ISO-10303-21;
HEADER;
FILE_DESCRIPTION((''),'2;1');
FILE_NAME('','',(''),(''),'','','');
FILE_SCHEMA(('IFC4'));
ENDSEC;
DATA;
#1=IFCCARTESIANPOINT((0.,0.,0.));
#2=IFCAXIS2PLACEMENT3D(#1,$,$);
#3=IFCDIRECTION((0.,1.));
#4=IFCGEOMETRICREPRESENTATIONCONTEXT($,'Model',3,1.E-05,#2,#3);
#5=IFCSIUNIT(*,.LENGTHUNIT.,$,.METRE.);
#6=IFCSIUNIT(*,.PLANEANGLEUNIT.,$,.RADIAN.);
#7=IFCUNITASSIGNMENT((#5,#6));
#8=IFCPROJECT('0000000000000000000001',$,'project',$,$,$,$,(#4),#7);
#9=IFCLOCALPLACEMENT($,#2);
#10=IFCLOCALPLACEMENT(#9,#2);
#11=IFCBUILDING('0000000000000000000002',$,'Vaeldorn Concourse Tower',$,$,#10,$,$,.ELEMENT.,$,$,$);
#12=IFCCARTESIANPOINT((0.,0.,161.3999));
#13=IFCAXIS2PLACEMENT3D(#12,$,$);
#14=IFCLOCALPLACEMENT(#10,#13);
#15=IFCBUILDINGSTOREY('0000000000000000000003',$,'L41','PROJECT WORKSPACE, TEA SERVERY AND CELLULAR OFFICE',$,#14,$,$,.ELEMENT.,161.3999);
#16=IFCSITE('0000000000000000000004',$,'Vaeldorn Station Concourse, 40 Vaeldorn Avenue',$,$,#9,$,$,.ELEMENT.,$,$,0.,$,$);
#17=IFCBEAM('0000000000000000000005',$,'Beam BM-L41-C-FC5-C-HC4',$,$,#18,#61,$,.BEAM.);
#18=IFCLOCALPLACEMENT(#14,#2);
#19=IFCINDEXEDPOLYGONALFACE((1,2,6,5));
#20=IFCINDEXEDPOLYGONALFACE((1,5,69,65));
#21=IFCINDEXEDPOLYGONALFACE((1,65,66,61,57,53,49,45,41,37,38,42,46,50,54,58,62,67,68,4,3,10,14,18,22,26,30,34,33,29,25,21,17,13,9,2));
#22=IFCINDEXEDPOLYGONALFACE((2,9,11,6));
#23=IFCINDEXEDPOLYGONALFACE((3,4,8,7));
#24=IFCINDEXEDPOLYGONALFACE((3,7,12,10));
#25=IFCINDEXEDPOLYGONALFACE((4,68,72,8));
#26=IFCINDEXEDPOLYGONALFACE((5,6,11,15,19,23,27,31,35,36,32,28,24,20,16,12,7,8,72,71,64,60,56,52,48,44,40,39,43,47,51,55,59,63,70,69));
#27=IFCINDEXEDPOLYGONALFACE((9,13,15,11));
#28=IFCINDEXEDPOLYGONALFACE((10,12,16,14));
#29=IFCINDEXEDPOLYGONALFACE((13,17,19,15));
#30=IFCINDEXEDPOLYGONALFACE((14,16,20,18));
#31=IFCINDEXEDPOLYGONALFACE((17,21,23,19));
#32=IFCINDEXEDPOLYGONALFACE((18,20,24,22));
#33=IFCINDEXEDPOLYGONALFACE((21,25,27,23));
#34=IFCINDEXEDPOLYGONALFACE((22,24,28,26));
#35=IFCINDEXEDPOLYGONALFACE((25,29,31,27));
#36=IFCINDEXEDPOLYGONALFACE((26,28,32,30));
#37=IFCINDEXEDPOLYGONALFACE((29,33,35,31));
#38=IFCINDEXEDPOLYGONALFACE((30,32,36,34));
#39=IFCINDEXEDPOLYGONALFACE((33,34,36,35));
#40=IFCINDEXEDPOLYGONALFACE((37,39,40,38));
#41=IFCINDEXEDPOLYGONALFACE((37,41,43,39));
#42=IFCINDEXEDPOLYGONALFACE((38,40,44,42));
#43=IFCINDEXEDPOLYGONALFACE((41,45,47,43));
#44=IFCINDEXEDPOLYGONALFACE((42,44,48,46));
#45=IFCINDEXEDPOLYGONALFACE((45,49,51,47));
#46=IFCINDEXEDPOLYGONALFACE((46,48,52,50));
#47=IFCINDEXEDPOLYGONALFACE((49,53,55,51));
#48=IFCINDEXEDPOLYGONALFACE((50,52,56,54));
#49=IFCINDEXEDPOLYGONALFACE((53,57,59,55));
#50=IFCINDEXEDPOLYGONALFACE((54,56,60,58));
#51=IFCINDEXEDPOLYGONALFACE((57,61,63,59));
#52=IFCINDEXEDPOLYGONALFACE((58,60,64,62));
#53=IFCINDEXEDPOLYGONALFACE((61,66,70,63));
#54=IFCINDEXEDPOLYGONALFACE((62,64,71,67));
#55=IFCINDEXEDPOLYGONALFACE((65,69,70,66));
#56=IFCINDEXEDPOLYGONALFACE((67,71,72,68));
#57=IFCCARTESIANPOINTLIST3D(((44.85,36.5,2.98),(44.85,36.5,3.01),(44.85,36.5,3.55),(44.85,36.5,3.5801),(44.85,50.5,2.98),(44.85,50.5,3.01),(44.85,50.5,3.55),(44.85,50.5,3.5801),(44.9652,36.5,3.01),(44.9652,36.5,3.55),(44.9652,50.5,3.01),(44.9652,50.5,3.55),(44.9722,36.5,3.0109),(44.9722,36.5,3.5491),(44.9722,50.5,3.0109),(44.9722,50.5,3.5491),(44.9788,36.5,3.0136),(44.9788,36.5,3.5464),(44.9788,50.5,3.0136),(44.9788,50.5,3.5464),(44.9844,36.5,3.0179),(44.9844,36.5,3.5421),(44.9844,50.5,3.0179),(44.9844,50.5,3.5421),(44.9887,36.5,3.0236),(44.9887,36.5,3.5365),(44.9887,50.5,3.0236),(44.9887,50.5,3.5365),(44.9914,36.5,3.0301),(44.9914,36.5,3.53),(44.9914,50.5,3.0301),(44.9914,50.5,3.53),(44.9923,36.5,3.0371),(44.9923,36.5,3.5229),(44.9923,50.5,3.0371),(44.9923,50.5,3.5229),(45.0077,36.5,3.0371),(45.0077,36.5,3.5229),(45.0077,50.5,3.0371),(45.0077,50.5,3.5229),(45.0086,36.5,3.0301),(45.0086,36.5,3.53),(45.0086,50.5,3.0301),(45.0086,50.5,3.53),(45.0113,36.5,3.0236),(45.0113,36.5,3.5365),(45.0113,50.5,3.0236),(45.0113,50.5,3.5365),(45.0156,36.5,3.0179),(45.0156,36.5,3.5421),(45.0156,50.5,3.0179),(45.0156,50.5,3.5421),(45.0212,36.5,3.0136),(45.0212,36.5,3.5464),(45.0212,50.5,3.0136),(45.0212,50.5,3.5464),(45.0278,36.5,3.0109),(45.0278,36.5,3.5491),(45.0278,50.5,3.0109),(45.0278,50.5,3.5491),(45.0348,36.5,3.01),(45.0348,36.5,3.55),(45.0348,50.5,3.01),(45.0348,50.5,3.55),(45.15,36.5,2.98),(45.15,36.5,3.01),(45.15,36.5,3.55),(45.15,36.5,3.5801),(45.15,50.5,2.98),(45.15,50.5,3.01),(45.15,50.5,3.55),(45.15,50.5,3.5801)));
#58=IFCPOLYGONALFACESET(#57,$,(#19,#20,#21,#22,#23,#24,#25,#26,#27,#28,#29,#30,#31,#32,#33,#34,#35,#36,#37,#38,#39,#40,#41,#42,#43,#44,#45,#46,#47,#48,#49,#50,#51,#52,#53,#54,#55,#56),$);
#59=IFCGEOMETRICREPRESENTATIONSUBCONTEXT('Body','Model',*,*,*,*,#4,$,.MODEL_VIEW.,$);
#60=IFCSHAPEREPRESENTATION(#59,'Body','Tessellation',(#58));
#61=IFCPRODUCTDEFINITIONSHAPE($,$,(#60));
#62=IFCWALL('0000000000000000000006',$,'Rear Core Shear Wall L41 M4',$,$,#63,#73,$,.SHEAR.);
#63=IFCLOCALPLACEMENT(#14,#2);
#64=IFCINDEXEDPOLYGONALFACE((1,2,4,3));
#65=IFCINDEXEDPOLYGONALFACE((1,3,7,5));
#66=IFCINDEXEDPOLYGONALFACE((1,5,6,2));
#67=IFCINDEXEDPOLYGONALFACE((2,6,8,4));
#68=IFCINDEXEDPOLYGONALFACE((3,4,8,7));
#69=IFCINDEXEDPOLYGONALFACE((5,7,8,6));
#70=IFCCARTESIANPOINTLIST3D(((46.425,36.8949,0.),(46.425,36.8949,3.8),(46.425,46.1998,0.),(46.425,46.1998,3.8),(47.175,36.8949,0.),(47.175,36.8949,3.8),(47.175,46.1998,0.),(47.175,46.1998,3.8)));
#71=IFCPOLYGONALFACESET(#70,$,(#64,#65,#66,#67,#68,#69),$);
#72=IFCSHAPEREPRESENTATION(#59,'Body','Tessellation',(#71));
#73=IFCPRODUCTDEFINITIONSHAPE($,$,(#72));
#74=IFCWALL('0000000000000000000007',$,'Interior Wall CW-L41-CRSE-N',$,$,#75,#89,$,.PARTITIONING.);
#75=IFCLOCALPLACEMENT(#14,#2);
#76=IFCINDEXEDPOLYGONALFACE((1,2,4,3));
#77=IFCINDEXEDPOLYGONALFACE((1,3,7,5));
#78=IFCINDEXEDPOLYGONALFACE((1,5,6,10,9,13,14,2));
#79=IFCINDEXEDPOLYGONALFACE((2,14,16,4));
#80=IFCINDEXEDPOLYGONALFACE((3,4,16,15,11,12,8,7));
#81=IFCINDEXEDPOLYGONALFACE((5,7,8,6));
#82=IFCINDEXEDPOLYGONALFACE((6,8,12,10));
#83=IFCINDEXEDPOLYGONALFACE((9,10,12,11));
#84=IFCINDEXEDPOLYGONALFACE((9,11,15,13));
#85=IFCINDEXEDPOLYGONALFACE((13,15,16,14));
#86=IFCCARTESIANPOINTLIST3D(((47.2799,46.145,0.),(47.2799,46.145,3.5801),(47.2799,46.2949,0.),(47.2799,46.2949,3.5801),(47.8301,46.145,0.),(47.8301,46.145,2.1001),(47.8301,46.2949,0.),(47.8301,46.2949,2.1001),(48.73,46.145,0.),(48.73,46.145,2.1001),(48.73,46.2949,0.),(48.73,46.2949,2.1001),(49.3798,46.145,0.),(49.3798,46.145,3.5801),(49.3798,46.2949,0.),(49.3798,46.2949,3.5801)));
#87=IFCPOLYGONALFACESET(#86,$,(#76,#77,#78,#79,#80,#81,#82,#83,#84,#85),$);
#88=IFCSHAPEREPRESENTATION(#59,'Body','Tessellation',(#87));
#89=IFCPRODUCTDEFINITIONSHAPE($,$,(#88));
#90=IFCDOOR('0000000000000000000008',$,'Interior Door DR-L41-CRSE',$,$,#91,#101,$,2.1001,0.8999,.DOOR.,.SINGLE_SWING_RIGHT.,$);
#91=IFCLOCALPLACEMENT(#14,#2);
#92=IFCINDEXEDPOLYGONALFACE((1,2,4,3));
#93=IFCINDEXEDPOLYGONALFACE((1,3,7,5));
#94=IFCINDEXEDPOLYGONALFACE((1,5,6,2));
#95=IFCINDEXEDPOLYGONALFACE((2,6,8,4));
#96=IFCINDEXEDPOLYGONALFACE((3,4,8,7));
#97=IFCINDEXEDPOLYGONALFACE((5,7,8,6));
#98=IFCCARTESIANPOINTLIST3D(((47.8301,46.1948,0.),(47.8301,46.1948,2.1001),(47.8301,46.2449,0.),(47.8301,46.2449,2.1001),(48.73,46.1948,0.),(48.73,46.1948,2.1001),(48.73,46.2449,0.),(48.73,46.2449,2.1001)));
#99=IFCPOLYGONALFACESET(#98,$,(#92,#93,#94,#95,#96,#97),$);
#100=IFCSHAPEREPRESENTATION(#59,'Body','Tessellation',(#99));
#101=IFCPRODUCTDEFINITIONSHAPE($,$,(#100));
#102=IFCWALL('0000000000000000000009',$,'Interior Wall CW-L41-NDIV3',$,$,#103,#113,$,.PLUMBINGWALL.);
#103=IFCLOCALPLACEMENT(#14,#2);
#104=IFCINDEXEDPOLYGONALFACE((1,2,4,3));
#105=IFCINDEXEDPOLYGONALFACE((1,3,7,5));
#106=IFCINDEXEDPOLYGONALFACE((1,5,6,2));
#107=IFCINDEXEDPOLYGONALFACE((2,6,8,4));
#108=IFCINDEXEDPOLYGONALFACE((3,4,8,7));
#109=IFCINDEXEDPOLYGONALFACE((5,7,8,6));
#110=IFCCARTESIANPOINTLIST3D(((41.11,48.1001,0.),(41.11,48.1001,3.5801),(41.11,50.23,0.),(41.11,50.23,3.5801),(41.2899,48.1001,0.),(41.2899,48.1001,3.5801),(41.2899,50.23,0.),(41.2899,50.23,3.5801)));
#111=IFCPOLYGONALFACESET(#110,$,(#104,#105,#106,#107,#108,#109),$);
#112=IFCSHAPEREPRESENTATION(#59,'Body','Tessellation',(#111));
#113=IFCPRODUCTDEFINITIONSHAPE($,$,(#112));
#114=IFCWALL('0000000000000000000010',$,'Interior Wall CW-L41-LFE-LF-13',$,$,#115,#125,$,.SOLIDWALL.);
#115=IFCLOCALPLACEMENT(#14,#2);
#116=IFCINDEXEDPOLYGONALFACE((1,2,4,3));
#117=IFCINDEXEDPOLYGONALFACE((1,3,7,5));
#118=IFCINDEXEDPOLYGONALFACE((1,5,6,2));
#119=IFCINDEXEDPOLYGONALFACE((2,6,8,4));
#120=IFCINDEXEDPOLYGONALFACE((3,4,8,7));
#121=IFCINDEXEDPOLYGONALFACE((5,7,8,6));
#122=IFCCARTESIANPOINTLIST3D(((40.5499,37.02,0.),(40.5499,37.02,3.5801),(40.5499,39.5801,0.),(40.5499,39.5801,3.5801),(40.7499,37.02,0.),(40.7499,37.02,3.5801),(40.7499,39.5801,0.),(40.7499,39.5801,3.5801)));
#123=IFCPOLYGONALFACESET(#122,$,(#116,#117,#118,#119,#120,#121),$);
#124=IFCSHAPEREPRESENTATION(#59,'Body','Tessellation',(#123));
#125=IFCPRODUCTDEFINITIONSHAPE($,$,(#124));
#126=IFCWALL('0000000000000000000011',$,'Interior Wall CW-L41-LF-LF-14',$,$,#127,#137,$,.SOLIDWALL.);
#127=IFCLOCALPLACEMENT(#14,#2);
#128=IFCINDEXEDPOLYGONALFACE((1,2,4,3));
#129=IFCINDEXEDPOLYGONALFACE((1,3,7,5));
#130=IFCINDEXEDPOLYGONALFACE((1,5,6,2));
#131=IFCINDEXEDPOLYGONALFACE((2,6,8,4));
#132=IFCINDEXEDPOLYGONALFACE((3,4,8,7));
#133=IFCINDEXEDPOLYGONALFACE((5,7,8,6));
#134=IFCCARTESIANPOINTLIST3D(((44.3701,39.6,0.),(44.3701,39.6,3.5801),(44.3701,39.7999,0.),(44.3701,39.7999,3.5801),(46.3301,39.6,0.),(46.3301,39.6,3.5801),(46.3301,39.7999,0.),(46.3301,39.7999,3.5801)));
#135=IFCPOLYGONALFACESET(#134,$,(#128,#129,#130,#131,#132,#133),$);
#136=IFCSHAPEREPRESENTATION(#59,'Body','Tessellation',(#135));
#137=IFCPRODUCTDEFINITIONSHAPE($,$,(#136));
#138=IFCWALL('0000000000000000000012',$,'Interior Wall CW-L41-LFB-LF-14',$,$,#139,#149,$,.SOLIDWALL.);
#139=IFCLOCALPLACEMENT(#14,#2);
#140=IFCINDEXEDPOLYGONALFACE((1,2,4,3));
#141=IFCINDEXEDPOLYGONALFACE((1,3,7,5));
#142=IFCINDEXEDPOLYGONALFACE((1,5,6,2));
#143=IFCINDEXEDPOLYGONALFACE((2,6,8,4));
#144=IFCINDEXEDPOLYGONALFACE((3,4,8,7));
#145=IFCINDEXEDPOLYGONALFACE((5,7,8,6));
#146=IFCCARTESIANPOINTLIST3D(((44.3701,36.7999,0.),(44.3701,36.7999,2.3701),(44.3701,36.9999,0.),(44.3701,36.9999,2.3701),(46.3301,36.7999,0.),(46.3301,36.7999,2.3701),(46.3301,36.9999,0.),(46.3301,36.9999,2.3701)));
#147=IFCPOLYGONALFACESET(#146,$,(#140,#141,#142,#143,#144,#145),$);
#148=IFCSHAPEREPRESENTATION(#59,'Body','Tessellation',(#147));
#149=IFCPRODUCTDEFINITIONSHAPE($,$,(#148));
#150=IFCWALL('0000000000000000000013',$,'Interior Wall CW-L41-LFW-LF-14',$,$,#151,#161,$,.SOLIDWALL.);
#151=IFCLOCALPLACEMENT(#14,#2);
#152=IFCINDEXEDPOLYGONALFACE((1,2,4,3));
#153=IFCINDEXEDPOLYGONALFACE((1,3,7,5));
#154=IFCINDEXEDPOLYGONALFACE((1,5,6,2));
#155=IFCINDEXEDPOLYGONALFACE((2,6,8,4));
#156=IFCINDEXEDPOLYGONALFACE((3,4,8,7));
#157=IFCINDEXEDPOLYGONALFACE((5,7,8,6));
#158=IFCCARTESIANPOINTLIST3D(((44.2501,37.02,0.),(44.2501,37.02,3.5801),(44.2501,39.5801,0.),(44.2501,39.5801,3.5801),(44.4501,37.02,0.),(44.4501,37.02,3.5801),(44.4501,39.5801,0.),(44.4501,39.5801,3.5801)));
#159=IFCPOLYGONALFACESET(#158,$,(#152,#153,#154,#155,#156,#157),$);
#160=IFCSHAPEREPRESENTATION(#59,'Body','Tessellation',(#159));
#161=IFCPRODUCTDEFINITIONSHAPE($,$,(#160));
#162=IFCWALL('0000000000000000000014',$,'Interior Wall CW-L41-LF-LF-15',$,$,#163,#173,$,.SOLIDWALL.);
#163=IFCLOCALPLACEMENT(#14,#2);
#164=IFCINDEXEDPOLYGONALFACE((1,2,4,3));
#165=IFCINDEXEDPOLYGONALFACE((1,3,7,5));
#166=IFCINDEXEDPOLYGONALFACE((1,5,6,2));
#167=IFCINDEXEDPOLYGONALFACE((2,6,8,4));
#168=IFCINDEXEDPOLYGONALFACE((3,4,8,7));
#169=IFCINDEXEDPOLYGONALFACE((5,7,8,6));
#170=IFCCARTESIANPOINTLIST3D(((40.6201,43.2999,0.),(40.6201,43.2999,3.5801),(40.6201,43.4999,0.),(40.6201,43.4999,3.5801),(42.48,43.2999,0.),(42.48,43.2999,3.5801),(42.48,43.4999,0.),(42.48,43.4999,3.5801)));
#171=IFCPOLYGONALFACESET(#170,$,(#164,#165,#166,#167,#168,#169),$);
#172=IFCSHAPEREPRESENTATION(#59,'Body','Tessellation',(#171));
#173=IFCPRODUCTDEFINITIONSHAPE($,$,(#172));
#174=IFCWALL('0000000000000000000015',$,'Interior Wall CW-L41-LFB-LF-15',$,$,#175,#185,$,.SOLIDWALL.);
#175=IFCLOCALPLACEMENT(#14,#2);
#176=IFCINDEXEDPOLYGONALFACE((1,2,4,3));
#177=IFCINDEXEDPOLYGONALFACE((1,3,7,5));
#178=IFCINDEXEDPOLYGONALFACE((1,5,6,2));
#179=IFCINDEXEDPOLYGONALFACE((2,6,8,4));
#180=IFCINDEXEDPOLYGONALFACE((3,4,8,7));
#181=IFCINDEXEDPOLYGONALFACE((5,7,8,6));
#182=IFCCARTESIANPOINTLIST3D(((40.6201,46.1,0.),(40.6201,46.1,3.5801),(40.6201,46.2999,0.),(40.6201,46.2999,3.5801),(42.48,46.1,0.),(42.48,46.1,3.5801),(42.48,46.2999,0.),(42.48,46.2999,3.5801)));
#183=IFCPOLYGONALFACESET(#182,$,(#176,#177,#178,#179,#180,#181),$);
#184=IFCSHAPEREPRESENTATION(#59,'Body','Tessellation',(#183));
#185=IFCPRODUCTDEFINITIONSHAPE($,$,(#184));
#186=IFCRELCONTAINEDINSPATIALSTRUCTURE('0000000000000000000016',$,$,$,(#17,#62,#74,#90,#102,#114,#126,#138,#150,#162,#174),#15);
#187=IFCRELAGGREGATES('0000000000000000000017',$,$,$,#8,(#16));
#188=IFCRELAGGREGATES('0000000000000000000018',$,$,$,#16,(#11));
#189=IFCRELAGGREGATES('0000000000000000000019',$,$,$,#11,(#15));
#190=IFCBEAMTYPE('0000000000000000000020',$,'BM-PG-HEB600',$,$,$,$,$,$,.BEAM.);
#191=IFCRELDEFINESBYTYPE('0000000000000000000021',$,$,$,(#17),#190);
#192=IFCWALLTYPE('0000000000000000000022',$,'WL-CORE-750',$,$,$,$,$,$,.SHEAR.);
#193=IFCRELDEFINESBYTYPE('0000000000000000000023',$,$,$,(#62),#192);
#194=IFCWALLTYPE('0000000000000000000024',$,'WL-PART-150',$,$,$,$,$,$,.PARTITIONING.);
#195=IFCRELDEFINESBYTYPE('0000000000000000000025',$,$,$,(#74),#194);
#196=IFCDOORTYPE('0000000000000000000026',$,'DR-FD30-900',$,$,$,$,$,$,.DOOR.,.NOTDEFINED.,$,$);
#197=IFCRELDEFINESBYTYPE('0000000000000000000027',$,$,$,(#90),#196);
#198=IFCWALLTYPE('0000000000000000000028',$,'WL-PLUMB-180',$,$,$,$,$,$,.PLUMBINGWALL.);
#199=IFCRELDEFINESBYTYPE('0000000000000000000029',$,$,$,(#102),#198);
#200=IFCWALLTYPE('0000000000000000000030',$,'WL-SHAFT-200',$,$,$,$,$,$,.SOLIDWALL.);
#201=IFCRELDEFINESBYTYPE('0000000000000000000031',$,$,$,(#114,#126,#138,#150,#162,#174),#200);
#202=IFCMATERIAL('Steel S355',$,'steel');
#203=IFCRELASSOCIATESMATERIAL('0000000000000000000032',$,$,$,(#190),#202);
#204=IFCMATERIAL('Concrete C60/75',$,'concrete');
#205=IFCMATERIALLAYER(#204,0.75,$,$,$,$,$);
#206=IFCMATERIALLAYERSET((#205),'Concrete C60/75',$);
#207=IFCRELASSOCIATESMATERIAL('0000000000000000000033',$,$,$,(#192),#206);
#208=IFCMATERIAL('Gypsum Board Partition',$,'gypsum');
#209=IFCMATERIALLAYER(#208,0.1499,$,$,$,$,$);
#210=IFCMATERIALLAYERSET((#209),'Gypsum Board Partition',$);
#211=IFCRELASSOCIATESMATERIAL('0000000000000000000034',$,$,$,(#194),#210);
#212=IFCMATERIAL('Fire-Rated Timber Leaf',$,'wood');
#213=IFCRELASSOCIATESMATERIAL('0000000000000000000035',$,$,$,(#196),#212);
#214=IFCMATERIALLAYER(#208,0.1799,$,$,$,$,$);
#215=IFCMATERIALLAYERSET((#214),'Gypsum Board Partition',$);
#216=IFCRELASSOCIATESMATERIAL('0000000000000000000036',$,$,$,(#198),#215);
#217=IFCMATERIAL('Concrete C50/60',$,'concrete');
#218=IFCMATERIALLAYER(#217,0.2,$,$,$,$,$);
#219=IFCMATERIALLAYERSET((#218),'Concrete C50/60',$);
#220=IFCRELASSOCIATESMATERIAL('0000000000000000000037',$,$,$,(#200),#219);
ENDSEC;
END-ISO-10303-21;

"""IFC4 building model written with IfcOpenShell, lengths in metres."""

from ifc_helpers import new_model, si_unit, direction, frame, frame_2d, origin, origin_2d, place, context, subcontext, project, spatial, rectangle, i_section, extrude, source, transform, mapped, material, layer, layer_set, material_profile, profile_set, type_object, element, fill, save


model = new_model("IFC4")

# Units and contexts
model_context = context("Model", 3, precision=1e-05, world=origin(), true_north=direction((0.0, 1.0)))
body_context = subcontext(model_context, "Body", "Model", "MODEL_VIEW")
ifc_project = project(units=[si_unit("LENGTHUNIT", "METRE"), si_unit("PLANEANGLEUNIT", "RADIAN")], contexts=[model_context])

# Site, building, storey
site_placement = place(None, origin())
site = spatial("IfcSite", under=ifc_project, at=site_placement, Name="Vaeldorn Station Concourse, 40 Vaeldorn Avenue", CompositionType="ELEMENT", RefElevation=0.0)
building_placement = place(site_placement, origin())
building = spatial("IfcBuilding", under=site, at=building_placement, Name="Vaeldorn Concourse Tower", CompositionType="ELEMENT")
storey_placement = place(building_placement, frame((0.0, 0.0, 161.3999)))
storey = spatial("IfcBuildingStorey", under=building, at=storey_placement, Name="L41", Description="PROJECT WORKSPACE, TEA SERVERY AND CELLULAR OFFICE", CompositionType="ELEMENT", Elevation=161.3999)

# Beam
ifc_material_1 = material(Name="Concrete C60/75", Category="concrete")
ifc_material_2 = material(Name="Steel S355", Category="steel")
ifc_material_profile_1 = material_profile(ifc_material_2, i_section(OverallWidth=0.3, OverallDepth=0.6001, WebThickness=0.0154, FlangeThickness=0.03, FilletRadius=0.0271, at=origin_2d()), Name="HEB 600")
ifc_profile_set_1 = profile_set([ifc_material_profile_1], Name="Steel S355")
beam_type_1 = type_object("IfcBeamType", Name="BM-PG-HEB600", PredefinedType="BEAM", material=ifc_profile_set_1)
shared_shape_1 = source(origin(), body_context, "Body", "SweptSolid", [
    extrude(i_section(OverallWidth=0.3, OverallDepth=0.6001, WebThickness=0.0154, FlangeThickness=0.03, FilletRadius=0.0271, at=origin_2d()), origin(), (0.0, 0.0, 1.0), 14.0),
])
beam_1_placement = place(storey_placement, frame((45.0, 36.5, 3.28), z_axis=(0.0, 1.0, 0.0), x_axis=(-1.0, 0.0, 0.0)))
element("IfcBeam", 1, at=beam_1_placement, inside=storey, type_object=beam_type_1, Name="Beam BM-L41-C-FC5-C-HC4", PredefinedType="BEAM", context=body_context, shape_type="MappedRepresentation", body=[
    mapped(shared_shape_1, transform((0.0, 0.0, 0.0), scale=1.0)),
])

# Wall
ifc_layer_1 = layer(ifc_material_1, 0.75)
ifc_layer_set_1 = layer_set([ifc_layer_1], Name="Concrete C60/75")
wall_type_1 = type_object("IfcWallType", Name="WL-CORE-750", PredefinedType="SHEAR", material=ifc_layer_set_1)
wall_1_placement = place(storey_placement, frame((46.8, 36.895, 0.0), z_axis=(0.0, 0.0, 1.0), x_axis=(0.0, 1.0, 0.0)))
element("IfcWall", 2, at=wall_1_placement, inside=storey, type_object=wall_type_1, Name="Rear Core Shear Wall L41 M4", PredefinedType="SHEAR", context=body_context, shape_type="SweptSolid", body=[
    extrude(rectangle(XDim=9.3049, YDim=0.75, at=frame_2d((4.6523, 0.0))), origin(), (0.0, 0.0, 1.0), 3.8),
])

# Wall, opening, door
ifc_material_3 = material(Name="Gypsum Board Partition", Category="gypsum")
ifc_layer_2 = layer(ifc_material_3, 0.1499)
ifc_layer_set_2 = layer_set([ifc_layer_2], Name="Gypsum Board Partition")
wall_type_2 = type_object("IfcWallType", Name="WL-PART-150", PredefinedType="PARTITIONING", material=ifc_layer_set_2)
wall_2_placement = place(storey_placement, frame((47.28, 46.22, 0.0), z_axis=(0.0, 0.0, 1.0), x_axis=(1.0, 0.0, 0.0)))
wall_2 = element("IfcWall", 3, at=wall_2_placement, inside=storey, type_object=wall_type_2, Name="Interior Wall CW-L41-CRSE-N", PredefinedType="PARTITIONING", context=body_context, shape_type="SweptSolid", body=[
    extrude(rectangle(XDim=2.0999, YDim=0.1499, at=frame_2d((1.0498, 0.0))), origin(), (0.0, 0.0, 1.0), 3.5801),
])
opening_1_placement = place(wall_2_placement, frame((0.55, 0.0, 0.0)))
opening_1 = element("IfcOpeningElement", 4, at=opening_1_placement, cuts=wall_2, PredefinedType="OPENING", context=body_context, shape_type="SweptSolid", body=[
    extrude(rectangle(XDim=0.8999, YDim=2.1001, at=frame_2d((0.45, 1.05))), frame((0.0, 0.085, 0.0), z_axis=(0.0, -1.0, 0.0), x_axis=(1.0, 0.0, 0.0)), (0.0, 0.0, 1.0), 0.1699),
])
ifc_material_4 = material(Name="Fire-Rated Timber Leaf", Category="wood")
door_type_1 = type_object("IfcDoorType", Name="DR-FD30-900", OperationType="NOTDEFINED", PredefinedType="DOOR", material=ifc_material_4)
shared_shape_2 = source(origin(), body_context, "Body", "SweptSolid", [
    extrude(rectangle(XDim=0.8999, YDim=2.1001, at=frame_2d((0.45, 1.05))), frame((0.0, 0.0249, 0.0), z_axis=(0.0, -1.0, 0.0), x_axis=(1.0, 0.0, 0.0)), (0.0, 0.0, 1.0), 0.05),
])
door_1_placement = place(opening_1_placement, origin())
door_1 = element("IfcDoor", 5, at=door_1_placement, inside=storey, type_object=door_type_1, Name="Interior Door DR-L41-CRSE", OperationType="SINGLE_SWING_RIGHT", OverallHeight=2.1001, OverallWidth=0.8999, PredefinedType="DOOR", context=body_context, shape_type="MappedRepresentation", body=[
    mapped(shared_shape_2, transform((0.0, 0.0, 0.0), scale=1.0)),
])
fill(opening_1, door_1)

# Wall
ifc_layer_3 = layer(ifc_material_3, 0.1799)
ifc_layer_set_3 = layer_set([ifc_layer_3], Name="Gypsum Board Partition")
wall_type_3 = type_object("IfcWallType", Name="WL-PLUMB-180", PredefinedType="PLUMBINGWALL", material=ifc_layer_set_3)
wall_3_placement = place(storey_placement, frame((41.2, 48.1001, 0.0), z_axis=(0.0, 0.0, 1.0), x_axis=(0.0, 1.0, 0.0)))
element("IfcWall", 6, at=wall_3_placement, inside=storey, type_object=wall_type_3, Name="Interior Wall CW-L41-NDIV3", PredefinedType="PLUMBINGWALL", context=body_context, shape_type="SweptSolid", body=[
    extrude(rectangle(XDim=2.1299, YDim=0.1799, at=frame_2d((1.0649, 0.0))), origin(), (0.0, 0.0, 1.0), 3.5801),
])

# Shared definitions
ifc_material_5 = material(Name="Concrete C50/60", Category="concrete")
ifc_layer_4 = layer(ifc_material_5, 0.2)
ifc_layer_set_4 = layer_set([ifc_layer_4], Name="Concrete C50/60")
wall_type_4 = type_object("IfcWallType", Name="WL-SHAFT-200", PredefinedType="SOLIDWALL", material=ifc_layer_set_4)

# Walls
wall_4_placement = place(storey_placement, frame((40.6499, 37.02, 0.0), z_axis=(0.0, 0.0, 1.0), x_axis=(0.0, 1.0, 0.0)))
element("IfcWall", 7, at=wall_4_placement, inside=storey, type_object=wall_type_4, Name="Interior Wall CW-L41-LFE-LF-13", PredefinedType="SOLIDWALL", context=body_context, shape_type="SweptSolid", body=[
    extrude(rectangle(XDim=2.5601, YDim=0.2, at=frame_2d((1.28, 0.0))), origin(), (0.0, 0.0, 1.0), 3.5801),
])
wall_5_placement = place(storey_placement, frame((44.3701, 39.7, 0.0), z_axis=(0.0, 0.0, 1.0), x_axis=(1.0, 0.0, 0.0)))
element("IfcWall", 8, at=wall_5_placement, inside=storey, type_object=wall_type_4, Name="Interior Wall CW-L41-LF-LF-14", PredefinedType="SOLIDWALL", context=body_context, shape_type="SweptSolid", body=[
    extrude(rectangle(XDim=1.96, YDim=0.2, at=frame_2d((0.98, 0.0))), origin(), (0.0, 0.0, 1.0), 3.5801),
])
wall_6_placement = place(storey_placement, frame((44.3701, 36.8999, 0.0), z_axis=(0.0, 0.0, 1.0), x_axis=(1.0, 0.0, 0.0)))
element("IfcWall", 9, at=wall_6_placement, inside=storey, type_object=wall_type_4, Name="Interior Wall CW-L41-LFB-LF-14", PredefinedType="SOLIDWALL", context=body_context, shape_type="SweptSolid", body=[
    extrude(rectangle(XDim=1.96, YDim=0.2, at=frame_2d((0.98, 0.0))), origin(), (0.0, 0.0, 1.0), 2.3701),
])
wall_7_placement = place(storey_placement, frame((44.3501, 37.02, 0.0), z_axis=(0.0, 0.0, 1.0), x_axis=(0.0, 1.0, 0.0)))
element("IfcWall", 10, at=wall_7_placement, inside=storey, type_object=wall_type_4, Name="Interior Wall CW-L41-LFW-LF-14", PredefinedType="SOLIDWALL", context=body_context, shape_type="SweptSolid", body=[
    extrude(rectangle(XDim=2.5601, YDim=0.2, at=frame_2d((1.28, 0.0))), origin(), (0.0, 0.0, 1.0), 3.5801),
])
for number, where, z_axis, x_axis, name in (
    (11, (40.6201, 43.3999, 0.0), (0.0, 0.0, 1.0), (1.0, 0.0, 0.0), "Interior Wall CW-L41-LF-LF-15"),
    (12, (40.6201, 46.2, 0.0), (0.0, 0.0, 1.0), (1.0, 0.0, 0.0), "Interior Wall CW-L41-LFB-LF-15"),
):
    element("IfcWall", number, at=place(storey_placement, frame(where, z_axis=z_axis, x_axis=x_axis)), inside=storey, type_object=wall_type_4, Name=name, PredefinedType="SOLIDWALL", context=body_context, shape_type="SweptSolid", body=[
        extrude(rectangle(XDim=1.8599, YDim=0.2, at=frame_2d((0.9299, 0.0))), origin(), (0.0, 0.0, 1.0), 3.5801),
    ])

save(model, "model.ifc")
